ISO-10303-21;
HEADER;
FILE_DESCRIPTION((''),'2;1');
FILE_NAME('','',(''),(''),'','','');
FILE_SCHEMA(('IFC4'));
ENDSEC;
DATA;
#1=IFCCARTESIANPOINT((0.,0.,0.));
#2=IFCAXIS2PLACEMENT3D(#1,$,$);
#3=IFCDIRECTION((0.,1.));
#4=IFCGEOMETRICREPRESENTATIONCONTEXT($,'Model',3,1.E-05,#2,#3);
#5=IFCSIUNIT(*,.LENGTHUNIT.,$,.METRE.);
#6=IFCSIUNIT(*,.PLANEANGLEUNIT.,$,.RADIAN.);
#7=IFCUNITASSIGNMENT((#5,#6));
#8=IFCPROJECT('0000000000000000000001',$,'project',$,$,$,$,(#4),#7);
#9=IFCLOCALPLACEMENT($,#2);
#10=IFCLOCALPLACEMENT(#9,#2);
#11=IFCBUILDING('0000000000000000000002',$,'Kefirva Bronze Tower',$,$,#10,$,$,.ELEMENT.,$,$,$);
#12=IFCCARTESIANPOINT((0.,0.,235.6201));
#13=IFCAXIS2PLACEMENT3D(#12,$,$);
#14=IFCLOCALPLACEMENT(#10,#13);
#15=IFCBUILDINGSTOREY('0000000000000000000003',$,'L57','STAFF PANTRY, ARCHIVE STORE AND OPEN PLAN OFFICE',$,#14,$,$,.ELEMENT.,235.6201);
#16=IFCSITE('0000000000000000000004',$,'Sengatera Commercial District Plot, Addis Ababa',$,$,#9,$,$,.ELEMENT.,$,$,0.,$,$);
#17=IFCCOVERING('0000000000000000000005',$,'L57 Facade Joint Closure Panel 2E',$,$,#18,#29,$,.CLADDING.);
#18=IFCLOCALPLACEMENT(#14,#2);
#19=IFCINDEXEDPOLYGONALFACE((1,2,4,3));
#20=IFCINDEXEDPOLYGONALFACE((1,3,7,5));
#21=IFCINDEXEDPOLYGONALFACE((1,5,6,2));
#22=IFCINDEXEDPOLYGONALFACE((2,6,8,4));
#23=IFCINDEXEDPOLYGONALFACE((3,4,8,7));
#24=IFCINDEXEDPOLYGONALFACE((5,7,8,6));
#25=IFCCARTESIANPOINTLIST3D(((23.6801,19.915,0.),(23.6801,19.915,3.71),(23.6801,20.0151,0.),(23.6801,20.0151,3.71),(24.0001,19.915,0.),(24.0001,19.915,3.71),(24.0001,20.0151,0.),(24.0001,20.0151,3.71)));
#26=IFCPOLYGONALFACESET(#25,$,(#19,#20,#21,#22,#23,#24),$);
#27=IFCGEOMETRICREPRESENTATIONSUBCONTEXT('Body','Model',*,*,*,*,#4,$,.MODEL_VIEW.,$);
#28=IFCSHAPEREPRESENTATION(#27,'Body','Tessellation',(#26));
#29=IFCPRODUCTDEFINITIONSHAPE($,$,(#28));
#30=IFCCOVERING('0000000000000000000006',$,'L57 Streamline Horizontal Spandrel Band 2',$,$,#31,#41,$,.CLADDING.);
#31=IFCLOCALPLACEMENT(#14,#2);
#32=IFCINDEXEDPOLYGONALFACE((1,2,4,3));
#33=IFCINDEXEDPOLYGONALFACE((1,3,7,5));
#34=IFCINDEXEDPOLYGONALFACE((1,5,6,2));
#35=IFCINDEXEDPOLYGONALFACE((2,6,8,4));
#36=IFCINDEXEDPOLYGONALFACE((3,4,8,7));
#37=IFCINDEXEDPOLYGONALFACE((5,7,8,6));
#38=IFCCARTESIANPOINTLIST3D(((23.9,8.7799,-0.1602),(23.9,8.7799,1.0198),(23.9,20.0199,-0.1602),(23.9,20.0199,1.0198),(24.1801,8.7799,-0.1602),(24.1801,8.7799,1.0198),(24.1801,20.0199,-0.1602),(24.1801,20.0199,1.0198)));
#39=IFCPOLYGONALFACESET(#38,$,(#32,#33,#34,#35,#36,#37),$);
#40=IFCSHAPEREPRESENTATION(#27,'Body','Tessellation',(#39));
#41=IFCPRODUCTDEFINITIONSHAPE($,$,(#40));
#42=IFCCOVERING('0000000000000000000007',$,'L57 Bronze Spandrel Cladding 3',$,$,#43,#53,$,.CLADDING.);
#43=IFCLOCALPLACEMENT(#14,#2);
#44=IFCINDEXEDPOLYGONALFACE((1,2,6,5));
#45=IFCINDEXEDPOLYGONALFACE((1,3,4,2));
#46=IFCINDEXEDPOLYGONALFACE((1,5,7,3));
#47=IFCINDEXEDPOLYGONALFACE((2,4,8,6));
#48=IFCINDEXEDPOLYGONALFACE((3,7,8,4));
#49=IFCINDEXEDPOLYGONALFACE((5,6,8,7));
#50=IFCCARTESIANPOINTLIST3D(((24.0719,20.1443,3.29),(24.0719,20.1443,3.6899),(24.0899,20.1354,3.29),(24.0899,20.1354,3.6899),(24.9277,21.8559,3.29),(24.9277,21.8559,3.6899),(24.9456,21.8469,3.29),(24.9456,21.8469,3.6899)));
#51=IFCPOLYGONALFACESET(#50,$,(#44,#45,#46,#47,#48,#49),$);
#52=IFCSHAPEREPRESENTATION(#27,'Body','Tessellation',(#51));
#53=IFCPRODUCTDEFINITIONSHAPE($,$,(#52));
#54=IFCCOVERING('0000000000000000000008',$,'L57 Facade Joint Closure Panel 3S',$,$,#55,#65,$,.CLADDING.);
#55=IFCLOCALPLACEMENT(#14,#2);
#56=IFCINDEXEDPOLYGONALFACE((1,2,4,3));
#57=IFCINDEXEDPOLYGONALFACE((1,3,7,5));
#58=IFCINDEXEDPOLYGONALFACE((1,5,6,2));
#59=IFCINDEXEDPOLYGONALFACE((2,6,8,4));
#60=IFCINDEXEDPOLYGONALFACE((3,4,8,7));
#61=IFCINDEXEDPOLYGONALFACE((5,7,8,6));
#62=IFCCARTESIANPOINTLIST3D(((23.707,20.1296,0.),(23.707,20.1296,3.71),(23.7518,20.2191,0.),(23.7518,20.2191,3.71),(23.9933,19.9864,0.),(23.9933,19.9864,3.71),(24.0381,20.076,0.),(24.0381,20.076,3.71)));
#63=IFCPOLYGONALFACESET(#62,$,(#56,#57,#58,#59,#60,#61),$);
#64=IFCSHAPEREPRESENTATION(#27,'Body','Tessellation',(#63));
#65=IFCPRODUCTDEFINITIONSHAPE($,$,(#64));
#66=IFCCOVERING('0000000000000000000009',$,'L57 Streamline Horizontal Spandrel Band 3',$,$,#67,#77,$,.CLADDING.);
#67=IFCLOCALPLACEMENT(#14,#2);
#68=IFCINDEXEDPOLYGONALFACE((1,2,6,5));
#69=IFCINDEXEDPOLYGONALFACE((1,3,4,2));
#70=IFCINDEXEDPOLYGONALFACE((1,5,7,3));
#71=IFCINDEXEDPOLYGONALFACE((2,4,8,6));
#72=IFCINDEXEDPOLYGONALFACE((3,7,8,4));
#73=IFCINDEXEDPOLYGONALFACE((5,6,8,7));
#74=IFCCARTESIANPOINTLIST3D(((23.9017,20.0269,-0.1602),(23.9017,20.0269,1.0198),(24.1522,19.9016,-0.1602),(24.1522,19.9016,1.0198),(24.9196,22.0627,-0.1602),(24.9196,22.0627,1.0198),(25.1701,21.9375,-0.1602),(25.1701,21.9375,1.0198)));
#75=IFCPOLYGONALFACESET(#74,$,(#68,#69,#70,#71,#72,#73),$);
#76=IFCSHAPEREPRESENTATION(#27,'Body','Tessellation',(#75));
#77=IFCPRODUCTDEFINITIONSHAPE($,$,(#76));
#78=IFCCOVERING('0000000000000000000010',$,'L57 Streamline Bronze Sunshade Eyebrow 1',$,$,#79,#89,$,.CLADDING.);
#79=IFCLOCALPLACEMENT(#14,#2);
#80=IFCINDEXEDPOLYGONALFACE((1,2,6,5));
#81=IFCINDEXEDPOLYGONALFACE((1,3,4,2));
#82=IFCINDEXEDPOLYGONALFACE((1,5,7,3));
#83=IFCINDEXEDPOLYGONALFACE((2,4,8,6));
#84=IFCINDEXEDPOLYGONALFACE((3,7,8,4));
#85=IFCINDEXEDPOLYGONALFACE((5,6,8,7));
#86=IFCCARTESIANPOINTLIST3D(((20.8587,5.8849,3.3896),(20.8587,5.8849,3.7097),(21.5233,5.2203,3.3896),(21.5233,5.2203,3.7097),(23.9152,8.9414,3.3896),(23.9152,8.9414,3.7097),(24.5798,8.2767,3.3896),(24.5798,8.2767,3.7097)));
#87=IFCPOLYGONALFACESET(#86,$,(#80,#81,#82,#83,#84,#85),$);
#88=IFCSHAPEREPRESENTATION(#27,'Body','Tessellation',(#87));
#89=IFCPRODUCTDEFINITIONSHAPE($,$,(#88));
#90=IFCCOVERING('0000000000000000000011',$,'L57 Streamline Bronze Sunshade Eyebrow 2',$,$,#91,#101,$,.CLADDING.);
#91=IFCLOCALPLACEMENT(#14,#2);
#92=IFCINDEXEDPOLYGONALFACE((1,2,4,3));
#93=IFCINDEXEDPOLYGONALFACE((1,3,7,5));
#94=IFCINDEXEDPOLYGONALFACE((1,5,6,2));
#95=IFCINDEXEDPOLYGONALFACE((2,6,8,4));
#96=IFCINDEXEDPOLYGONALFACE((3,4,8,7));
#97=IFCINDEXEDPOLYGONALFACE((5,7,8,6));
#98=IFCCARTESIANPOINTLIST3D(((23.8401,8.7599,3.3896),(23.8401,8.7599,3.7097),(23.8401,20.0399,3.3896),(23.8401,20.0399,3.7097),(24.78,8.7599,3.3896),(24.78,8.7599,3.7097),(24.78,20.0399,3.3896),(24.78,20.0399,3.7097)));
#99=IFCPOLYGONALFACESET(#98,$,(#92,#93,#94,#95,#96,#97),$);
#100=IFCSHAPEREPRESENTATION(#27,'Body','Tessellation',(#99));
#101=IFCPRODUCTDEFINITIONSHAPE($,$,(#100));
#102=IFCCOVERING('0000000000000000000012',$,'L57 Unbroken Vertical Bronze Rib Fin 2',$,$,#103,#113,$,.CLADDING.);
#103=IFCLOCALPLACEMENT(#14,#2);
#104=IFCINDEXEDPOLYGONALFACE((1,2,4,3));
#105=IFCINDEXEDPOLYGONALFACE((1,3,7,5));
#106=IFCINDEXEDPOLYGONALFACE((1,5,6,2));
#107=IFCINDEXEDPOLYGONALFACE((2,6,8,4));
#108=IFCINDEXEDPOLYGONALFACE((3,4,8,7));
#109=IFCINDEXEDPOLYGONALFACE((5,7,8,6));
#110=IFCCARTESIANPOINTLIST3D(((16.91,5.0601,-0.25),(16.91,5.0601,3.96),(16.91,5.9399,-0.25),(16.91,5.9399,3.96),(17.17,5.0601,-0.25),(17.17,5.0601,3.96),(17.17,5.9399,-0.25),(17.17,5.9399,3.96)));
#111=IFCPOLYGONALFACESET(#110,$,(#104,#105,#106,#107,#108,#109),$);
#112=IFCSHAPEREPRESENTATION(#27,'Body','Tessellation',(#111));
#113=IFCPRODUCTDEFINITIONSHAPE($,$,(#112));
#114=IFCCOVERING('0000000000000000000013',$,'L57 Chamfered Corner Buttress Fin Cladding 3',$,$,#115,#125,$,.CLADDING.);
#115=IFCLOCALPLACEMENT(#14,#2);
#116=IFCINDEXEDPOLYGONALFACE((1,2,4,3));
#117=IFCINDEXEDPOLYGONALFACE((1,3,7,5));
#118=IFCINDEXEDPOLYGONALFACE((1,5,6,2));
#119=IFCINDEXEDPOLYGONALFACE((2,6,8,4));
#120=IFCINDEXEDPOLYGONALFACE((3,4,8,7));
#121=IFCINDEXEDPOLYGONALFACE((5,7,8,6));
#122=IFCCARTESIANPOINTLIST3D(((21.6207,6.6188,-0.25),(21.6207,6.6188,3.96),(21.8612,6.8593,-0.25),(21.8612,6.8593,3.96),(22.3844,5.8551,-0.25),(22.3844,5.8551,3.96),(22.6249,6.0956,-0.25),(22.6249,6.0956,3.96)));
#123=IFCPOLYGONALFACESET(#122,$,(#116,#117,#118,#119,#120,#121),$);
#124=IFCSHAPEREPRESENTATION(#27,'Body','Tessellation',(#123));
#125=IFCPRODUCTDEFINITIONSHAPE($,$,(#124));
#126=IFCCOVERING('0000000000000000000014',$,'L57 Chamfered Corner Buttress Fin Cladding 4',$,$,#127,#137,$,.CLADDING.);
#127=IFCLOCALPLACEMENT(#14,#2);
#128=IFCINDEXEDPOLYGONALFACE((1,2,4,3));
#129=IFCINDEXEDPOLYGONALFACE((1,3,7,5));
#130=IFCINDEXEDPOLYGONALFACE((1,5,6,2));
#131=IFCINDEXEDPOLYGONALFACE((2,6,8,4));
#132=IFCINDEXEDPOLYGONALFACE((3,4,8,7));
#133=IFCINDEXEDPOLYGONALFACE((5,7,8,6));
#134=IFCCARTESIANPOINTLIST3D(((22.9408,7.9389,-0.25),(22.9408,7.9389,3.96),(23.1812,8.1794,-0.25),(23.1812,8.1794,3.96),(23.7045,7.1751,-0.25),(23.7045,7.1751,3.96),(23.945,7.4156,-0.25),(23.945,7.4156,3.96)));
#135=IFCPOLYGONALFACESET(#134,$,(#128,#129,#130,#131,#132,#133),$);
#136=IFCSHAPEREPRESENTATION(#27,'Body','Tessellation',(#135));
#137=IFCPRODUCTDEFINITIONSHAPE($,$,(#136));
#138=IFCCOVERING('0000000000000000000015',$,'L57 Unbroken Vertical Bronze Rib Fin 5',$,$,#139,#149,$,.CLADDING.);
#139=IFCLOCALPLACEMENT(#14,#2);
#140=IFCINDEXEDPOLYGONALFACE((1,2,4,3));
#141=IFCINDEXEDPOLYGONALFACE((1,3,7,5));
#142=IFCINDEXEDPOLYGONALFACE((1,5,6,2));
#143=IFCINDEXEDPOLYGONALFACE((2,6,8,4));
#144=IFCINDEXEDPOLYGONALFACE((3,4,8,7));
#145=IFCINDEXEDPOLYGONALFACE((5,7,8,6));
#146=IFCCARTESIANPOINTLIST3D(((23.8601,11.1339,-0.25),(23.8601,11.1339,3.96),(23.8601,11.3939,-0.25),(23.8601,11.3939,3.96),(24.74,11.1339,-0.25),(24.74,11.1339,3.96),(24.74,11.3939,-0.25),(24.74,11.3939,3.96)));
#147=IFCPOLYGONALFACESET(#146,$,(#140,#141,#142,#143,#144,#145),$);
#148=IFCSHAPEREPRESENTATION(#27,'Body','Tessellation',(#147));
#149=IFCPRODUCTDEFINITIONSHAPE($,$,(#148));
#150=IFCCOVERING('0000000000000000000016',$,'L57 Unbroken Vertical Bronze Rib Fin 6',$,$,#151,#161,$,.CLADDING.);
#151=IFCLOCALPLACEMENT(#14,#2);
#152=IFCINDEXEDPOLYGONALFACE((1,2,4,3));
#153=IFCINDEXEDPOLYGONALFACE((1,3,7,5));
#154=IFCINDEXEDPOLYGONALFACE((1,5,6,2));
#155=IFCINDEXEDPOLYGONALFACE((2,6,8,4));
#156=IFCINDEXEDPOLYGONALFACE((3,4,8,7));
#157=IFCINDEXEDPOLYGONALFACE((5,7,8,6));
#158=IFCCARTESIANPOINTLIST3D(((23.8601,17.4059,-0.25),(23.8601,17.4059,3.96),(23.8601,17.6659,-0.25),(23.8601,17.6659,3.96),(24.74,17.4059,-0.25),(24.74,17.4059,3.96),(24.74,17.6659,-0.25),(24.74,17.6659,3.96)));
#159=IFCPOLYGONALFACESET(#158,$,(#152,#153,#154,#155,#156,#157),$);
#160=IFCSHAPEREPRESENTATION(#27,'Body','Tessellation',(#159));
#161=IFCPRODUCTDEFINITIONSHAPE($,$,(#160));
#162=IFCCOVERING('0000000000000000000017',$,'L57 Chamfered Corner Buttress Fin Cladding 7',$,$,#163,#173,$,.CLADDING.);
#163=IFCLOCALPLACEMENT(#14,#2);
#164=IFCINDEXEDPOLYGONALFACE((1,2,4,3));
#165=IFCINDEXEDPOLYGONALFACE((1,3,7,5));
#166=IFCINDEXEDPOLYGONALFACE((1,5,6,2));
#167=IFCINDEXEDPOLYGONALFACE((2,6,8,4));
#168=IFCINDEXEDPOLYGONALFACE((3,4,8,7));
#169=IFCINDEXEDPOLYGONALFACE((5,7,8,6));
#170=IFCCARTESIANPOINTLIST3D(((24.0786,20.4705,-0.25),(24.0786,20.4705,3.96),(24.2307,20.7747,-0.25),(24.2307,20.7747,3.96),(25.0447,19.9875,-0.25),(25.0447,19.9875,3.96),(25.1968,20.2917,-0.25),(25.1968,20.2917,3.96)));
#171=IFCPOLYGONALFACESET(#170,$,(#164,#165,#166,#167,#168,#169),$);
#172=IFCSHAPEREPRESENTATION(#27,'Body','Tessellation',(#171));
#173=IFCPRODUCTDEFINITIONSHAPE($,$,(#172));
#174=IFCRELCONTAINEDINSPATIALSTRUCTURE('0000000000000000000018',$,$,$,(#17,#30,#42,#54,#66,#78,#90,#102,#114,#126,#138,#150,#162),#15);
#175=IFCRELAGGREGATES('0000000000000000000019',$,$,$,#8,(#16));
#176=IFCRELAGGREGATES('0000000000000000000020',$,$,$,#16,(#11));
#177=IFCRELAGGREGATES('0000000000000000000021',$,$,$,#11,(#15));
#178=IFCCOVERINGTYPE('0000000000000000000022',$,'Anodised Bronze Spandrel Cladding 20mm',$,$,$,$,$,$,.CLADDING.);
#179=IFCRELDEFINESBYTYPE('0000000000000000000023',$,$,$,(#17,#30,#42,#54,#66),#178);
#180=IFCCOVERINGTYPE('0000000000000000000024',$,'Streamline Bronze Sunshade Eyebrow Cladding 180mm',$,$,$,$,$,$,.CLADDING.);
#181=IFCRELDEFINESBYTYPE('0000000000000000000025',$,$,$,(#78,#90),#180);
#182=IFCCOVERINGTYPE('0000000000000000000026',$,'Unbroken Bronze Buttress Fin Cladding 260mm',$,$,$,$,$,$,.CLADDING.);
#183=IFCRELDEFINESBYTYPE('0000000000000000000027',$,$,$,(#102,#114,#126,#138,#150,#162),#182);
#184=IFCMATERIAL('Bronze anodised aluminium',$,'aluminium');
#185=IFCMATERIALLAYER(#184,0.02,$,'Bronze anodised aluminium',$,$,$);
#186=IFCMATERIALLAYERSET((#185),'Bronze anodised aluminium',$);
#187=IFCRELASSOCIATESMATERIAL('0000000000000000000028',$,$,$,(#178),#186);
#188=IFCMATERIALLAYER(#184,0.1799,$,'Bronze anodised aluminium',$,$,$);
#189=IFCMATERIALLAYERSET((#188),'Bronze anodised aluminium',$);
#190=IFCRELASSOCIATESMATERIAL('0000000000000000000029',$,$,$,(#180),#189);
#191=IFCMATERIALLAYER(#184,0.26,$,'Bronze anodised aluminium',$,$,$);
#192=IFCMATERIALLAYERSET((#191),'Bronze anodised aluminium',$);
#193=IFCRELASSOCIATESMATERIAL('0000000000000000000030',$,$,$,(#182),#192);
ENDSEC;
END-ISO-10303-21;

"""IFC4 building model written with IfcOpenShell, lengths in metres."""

from ifc_helpers import new_model, si_unit, direction, frame, origin, origin_2d, place, context, subcontext, project, spatial, rectangle, extrude, material, layer, layer_set, type_object, element, save


model = new_model("IFC4")

# Units and contexts
model_context = context("Model", 3, precision=1e-05, world=origin(), true_north=direction((0.0, 1.0)))
body_context = subcontext(model_context, "Body", "Model", "MODEL_VIEW")
ifc_project = project(units=[si_unit("LENGTHUNIT", "METRE"), si_unit("PLANEANGLEUNIT", "RADIAN")], contexts=[model_context])

# Site, building, storey
site_placement = place(None, origin())
site = spatial("IfcSite", under=ifc_project, at=site_placement, Name="Sengatera Commercial District Plot, Addis Ababa", CompositionType="ELEMENT", RefElevation=0.0)
building_placement = place(site_placement, origin())
building = spatial("IfcBuilding", under=site, at=building_placement, Name="Kefirva Bronze Tower", CompositionType="ELEMENT")
storey_placement = place(building_placement, frame((0.0, 0.0, 235.6201)))
storey = spatial("IfcBuildingStorey", under=building, at=storey_placement, Name="L57", Description="STAFF PANTRY, ARCHIVE STORE AND OPEN PLAN OFFICE", CompositionType="ELEMENT", Elevation=235.6201)

# Shared definitions
ifc_material_1 = material(Name="Bronze anodised aluminium", Category="aluminium")

# Coverings
ifc_layer_1 = layer(ifc_material_1, 0.02, Name="Bronze anodised aluminium")
ifc_layer_set_1 = layer_set([ifc_layer_1], Name="Bronze anodised aluminium")
covering_type_1 = type_object("IfcCoveringType", Name="Anodised Bronze Spandrel Cladding 20mm", PredefinedType="CLADDING", material=ifc_layer_set_1)
for number, where, z_axis, x_axis, name in (
    (1, (23.8401, 19.9651, 0.0), (0.0, 0.0, 1.0), (0.0, 1.0, 0.0), "L57 Facade Joint Closure Panel 2E"),
):
    element("IfcCovering", number, at=place(storey_placement, frame(where, z_axis=z_axis, x_axis=x_axis)), inside=storey, type_object=covering_type_1, Name=name, PredefinedType="CLADDING", context=body_context, shape_type="SweptSolid", body=[
        extrude(rectangle(XDim=0.1001, YDim=0.3201, at=origin_2d()), origin(), (0.0, 0.0, 1.0), 3.71),
    ])
covering_1_placement = place(storey_placement, frame((24.04, 14.3999, -0.1602), z_axis=(0.0, 0.0, 1.0), x_axis=(0.0, 1.0, 0.0)))
element("IfcCovering", 2, at=covering_1_placement, inside=storey, type_object=covering_type_1, Name="L57 Streamline Horizontal Spandrel Band 2", PredefinedType="CLADDING", context=body_context, shape_type="SweptSolid", body=[
    extrude(rectangle(XDim=11.24, YDim=0.28, at=origin_2d()), origin(), (0.0, 0.0, 1.0), 1.1799),
])
covering_2_placement = place(storey_placement, frame((24.5088, 20.9956, 3.29), z_axis=(0.0, 0.0, 1.0), x_axis=(0.447214, 0.894427, 0.0)))
element("IfcCovering", 3, at=covering_2_placement, inside=storey, type_object=covering_type_1, Name="L57 Bronze Spandrel Cladding 3", PredefinedType="CLADDING", context=body_context, shape_type="SweptSolid", body=[
    extrude(rectangle(XDim=1.9136, YDim=0.02, at=origin_2d()), origin(), (0.0, 0.0, 1.0), 0.3999),
])
covering_3_placement = place(storey_placement, frame((23.8726, 20.1028, 0.0), z_axis=(0.0, 0.0, 1.0), x_axis=(0.447214, 0.894427, 0.0)))
element("IfcCovering", 4, at=covering_3_placement, inside=storey, type_object=covering_type_1, Name="L57 Facade Joint Closure Panel 3S", PredefinedType="CLADDING", context=body_context, shape_type="SweptSolid", body=[
    extrude(rectangle(XDim=0.1001, YDim=0.3201, at=origin_2d()), origin(), (0.0, 0.0, 1.0), 3.71),
])
covering_4_placement = place(storey_placement, frame((24.5359, 20.9822, -0.1602), z_axis=(0.0, 0.0, 1.0), x_axis=(0.447214, 0.894427, 0.0)))
element("IfcCovering", 5, at=covering_4_placement, inside=storey, type_object=covering_type_1, Name="L57 Streamline Horizontal Spandrel Band 3", PredefinedType="CLADDING", context=body_context, shape_type="SweptSolid", body=[
    extrude(rectangle(XDim=2.2761, YDim=0.28, at=origin_2d()), origin(), (0.0, 0.0, 1.0), 1.1799),
])
ifc_layer_2 = layer(ifc_material_1, 0.1799, Name="Bronze anodised aluminium")
ifc_layer_set_2 = layer_set([ifc_layer_2], Name="Bronze anodised aluminium")
covering_type_2 = type_object("IfcCoveringType", Name="Streamline Bronze Sunshade Eyebrow Cladding 180mm", PredefinedType="CLADDING", material=ifc_layer_set_2)
covering_5_placement = place(storey_placement, frame((22.7192, 7.0808, 3.3896), z_axis=(0.0, 0.0, 1.0), x_axis=(0.707107, 0.707107, 0.0)))
element("IfcCovering", 6, at=covering_5_placement, inside=storey, type_object=covering_type_2, Name="L57 Streamline Bronze Sunshade Eyebrow 1", PredefinedType="CLADDING", context=body_context, shape_type="SweptSolid", body=[
    extrude(rectangle(XDim=4.3225, YDim=0.9399, at=origin_2d()), origin(), (0.0, 0.0, 1.0), 0.3201),
])
covering_6_placement = place(storey_placement, frame((24.3101, 14.3999, 3.3896), z_axis=(0.0, 0.0, 1.0), x_axis=(0.0, 1.0, 0.0)))
element("IfcCovering", 7, at=covering_6_placement, inside=storey, type_object=covering_type_2, Name="L57 Streamline Bronze Sunshade Eyebrow 2", PredefinedType="CLADDING", context=body_context, shape_type="SweptSolid", body=[
    extrude(rectangle(XDim=11.28, YDim=0.9399, at=origin_2d()), origin(), (0.0, 0.0, 1.0), 0.3201),
])
ifc_layer_3 = layer(ifc_material_1, 0.26, Name="Bronze anodised aluminium")
ifc_layer_set_3 = layer_set([ifc_layer_3], Name="Bronze anodised aluminium")
covering_type_3 = type_object("IfcCoveringType", Name="Unbroken Bronze Buttress Fin Cladding 260mm", PredefinedType="CLADDING", material=ifc_layer_set_3)
covering_7_placement = place(storey_placement, frame((17.04, 5.5, -0.25), z_axis=(0.0, 0.0, 1.0), x_axis=(1.0, 0.0, 0.0)))
element("IfcCovering", 8, at=covering_7_placement, inside=storey, type_object=covering_type_3, Name="L57 Unbroken Vertical Bronze Rib Fin 2", PredefinedType="CLADDING", context=body_context, shape_type="SweptSolid", body=[
    extrude(rectangle(XDim=0.26, YDim=0.8799, at=origin_2d()), origin(), (0.0, 0.0, 1.0), 4.21),
])
for number, where, z_axis, x_axis, name in (
    (9, (22.1228, 6.3572, -0.25), (0.0, 0.0, 1.0), (0.707107, 0.707107, 0.0), "L57 Chamfered Corner Buttress Fin Cladding 3"),
    (10, (23.4429, 7.6772, -0.25), (0.0, 0.0, 1.0), (0.707107, 0.707107, 0.0), "L57 Chamfered Corner Buttress Fin Cladding 4"),
):
    element("IfcCovering", number, at=place(storey_placement, frame(where, z_axis=z_axis, x_axis=x_axis)), inside=storey, type_object=covering_type_3, Name=name, PredefinedType="CLADDING", context=body_context, shape_type="SweptSolid", body=[
        extrude(rectangle(XDim=0.3401, YDim=1.0801, at=origin_2d()), origin(), (0.0, 0.0, 1.0), 4.21),
    ])
for number, where, z_axis, x_axis, name in (
    (11, (24.3, 11.2639, -0.25), (0.0, 0.0, 1.0), (0.0, 1.0, 0.0), "L57 Unbroken Vertical Bronze Rib Fin 5"),
    (12, (24.3, 17.5359, -0.25), (0.0, 0.0, 1.0), (0.0, 1.0, 0.0), "L57 Unbroken Vertical Bronze Rib Fin 6"),
):
    element("IfcCovering", number, at=place(storey_placement, frame(where, z_axis=z_axis, x_axis=x_axis)), inside=storey, type_object=covering_type_3, Name=name, PredefinedType="CLADDING", context=body_context, shape_type="SweptSolid", body=[
        extrude(rectangle(XDim=0.26, YDim=0.8799, at=origin_2d()), origin(), (0.0, 0.0, 1.0), 4.21),
    ])
covering_8_placement = place(storey_placement, frame((24.6377, 20.3811, -0.25), z_axis=(0.0, 0.0, 1.0), x_axis=(0.447214, 0.894427, 0.0)))
element("IfcCovering", 13, at=covering_8_placement, inside=storey, type_object=covering_type_3, Name="L57 Chamfered Corner Buttress Fin Cladding 7", PredefinedType="CLADDING", context=body_context, shape_type="SweptSolid", body=[
    extrude(rectangle(XDim=0.3401, YDim=1.0801, at=origin_2d()), origin(), (0.0, 0.0, 1.0), 4.21),
])

save(model, "model.ifc")
